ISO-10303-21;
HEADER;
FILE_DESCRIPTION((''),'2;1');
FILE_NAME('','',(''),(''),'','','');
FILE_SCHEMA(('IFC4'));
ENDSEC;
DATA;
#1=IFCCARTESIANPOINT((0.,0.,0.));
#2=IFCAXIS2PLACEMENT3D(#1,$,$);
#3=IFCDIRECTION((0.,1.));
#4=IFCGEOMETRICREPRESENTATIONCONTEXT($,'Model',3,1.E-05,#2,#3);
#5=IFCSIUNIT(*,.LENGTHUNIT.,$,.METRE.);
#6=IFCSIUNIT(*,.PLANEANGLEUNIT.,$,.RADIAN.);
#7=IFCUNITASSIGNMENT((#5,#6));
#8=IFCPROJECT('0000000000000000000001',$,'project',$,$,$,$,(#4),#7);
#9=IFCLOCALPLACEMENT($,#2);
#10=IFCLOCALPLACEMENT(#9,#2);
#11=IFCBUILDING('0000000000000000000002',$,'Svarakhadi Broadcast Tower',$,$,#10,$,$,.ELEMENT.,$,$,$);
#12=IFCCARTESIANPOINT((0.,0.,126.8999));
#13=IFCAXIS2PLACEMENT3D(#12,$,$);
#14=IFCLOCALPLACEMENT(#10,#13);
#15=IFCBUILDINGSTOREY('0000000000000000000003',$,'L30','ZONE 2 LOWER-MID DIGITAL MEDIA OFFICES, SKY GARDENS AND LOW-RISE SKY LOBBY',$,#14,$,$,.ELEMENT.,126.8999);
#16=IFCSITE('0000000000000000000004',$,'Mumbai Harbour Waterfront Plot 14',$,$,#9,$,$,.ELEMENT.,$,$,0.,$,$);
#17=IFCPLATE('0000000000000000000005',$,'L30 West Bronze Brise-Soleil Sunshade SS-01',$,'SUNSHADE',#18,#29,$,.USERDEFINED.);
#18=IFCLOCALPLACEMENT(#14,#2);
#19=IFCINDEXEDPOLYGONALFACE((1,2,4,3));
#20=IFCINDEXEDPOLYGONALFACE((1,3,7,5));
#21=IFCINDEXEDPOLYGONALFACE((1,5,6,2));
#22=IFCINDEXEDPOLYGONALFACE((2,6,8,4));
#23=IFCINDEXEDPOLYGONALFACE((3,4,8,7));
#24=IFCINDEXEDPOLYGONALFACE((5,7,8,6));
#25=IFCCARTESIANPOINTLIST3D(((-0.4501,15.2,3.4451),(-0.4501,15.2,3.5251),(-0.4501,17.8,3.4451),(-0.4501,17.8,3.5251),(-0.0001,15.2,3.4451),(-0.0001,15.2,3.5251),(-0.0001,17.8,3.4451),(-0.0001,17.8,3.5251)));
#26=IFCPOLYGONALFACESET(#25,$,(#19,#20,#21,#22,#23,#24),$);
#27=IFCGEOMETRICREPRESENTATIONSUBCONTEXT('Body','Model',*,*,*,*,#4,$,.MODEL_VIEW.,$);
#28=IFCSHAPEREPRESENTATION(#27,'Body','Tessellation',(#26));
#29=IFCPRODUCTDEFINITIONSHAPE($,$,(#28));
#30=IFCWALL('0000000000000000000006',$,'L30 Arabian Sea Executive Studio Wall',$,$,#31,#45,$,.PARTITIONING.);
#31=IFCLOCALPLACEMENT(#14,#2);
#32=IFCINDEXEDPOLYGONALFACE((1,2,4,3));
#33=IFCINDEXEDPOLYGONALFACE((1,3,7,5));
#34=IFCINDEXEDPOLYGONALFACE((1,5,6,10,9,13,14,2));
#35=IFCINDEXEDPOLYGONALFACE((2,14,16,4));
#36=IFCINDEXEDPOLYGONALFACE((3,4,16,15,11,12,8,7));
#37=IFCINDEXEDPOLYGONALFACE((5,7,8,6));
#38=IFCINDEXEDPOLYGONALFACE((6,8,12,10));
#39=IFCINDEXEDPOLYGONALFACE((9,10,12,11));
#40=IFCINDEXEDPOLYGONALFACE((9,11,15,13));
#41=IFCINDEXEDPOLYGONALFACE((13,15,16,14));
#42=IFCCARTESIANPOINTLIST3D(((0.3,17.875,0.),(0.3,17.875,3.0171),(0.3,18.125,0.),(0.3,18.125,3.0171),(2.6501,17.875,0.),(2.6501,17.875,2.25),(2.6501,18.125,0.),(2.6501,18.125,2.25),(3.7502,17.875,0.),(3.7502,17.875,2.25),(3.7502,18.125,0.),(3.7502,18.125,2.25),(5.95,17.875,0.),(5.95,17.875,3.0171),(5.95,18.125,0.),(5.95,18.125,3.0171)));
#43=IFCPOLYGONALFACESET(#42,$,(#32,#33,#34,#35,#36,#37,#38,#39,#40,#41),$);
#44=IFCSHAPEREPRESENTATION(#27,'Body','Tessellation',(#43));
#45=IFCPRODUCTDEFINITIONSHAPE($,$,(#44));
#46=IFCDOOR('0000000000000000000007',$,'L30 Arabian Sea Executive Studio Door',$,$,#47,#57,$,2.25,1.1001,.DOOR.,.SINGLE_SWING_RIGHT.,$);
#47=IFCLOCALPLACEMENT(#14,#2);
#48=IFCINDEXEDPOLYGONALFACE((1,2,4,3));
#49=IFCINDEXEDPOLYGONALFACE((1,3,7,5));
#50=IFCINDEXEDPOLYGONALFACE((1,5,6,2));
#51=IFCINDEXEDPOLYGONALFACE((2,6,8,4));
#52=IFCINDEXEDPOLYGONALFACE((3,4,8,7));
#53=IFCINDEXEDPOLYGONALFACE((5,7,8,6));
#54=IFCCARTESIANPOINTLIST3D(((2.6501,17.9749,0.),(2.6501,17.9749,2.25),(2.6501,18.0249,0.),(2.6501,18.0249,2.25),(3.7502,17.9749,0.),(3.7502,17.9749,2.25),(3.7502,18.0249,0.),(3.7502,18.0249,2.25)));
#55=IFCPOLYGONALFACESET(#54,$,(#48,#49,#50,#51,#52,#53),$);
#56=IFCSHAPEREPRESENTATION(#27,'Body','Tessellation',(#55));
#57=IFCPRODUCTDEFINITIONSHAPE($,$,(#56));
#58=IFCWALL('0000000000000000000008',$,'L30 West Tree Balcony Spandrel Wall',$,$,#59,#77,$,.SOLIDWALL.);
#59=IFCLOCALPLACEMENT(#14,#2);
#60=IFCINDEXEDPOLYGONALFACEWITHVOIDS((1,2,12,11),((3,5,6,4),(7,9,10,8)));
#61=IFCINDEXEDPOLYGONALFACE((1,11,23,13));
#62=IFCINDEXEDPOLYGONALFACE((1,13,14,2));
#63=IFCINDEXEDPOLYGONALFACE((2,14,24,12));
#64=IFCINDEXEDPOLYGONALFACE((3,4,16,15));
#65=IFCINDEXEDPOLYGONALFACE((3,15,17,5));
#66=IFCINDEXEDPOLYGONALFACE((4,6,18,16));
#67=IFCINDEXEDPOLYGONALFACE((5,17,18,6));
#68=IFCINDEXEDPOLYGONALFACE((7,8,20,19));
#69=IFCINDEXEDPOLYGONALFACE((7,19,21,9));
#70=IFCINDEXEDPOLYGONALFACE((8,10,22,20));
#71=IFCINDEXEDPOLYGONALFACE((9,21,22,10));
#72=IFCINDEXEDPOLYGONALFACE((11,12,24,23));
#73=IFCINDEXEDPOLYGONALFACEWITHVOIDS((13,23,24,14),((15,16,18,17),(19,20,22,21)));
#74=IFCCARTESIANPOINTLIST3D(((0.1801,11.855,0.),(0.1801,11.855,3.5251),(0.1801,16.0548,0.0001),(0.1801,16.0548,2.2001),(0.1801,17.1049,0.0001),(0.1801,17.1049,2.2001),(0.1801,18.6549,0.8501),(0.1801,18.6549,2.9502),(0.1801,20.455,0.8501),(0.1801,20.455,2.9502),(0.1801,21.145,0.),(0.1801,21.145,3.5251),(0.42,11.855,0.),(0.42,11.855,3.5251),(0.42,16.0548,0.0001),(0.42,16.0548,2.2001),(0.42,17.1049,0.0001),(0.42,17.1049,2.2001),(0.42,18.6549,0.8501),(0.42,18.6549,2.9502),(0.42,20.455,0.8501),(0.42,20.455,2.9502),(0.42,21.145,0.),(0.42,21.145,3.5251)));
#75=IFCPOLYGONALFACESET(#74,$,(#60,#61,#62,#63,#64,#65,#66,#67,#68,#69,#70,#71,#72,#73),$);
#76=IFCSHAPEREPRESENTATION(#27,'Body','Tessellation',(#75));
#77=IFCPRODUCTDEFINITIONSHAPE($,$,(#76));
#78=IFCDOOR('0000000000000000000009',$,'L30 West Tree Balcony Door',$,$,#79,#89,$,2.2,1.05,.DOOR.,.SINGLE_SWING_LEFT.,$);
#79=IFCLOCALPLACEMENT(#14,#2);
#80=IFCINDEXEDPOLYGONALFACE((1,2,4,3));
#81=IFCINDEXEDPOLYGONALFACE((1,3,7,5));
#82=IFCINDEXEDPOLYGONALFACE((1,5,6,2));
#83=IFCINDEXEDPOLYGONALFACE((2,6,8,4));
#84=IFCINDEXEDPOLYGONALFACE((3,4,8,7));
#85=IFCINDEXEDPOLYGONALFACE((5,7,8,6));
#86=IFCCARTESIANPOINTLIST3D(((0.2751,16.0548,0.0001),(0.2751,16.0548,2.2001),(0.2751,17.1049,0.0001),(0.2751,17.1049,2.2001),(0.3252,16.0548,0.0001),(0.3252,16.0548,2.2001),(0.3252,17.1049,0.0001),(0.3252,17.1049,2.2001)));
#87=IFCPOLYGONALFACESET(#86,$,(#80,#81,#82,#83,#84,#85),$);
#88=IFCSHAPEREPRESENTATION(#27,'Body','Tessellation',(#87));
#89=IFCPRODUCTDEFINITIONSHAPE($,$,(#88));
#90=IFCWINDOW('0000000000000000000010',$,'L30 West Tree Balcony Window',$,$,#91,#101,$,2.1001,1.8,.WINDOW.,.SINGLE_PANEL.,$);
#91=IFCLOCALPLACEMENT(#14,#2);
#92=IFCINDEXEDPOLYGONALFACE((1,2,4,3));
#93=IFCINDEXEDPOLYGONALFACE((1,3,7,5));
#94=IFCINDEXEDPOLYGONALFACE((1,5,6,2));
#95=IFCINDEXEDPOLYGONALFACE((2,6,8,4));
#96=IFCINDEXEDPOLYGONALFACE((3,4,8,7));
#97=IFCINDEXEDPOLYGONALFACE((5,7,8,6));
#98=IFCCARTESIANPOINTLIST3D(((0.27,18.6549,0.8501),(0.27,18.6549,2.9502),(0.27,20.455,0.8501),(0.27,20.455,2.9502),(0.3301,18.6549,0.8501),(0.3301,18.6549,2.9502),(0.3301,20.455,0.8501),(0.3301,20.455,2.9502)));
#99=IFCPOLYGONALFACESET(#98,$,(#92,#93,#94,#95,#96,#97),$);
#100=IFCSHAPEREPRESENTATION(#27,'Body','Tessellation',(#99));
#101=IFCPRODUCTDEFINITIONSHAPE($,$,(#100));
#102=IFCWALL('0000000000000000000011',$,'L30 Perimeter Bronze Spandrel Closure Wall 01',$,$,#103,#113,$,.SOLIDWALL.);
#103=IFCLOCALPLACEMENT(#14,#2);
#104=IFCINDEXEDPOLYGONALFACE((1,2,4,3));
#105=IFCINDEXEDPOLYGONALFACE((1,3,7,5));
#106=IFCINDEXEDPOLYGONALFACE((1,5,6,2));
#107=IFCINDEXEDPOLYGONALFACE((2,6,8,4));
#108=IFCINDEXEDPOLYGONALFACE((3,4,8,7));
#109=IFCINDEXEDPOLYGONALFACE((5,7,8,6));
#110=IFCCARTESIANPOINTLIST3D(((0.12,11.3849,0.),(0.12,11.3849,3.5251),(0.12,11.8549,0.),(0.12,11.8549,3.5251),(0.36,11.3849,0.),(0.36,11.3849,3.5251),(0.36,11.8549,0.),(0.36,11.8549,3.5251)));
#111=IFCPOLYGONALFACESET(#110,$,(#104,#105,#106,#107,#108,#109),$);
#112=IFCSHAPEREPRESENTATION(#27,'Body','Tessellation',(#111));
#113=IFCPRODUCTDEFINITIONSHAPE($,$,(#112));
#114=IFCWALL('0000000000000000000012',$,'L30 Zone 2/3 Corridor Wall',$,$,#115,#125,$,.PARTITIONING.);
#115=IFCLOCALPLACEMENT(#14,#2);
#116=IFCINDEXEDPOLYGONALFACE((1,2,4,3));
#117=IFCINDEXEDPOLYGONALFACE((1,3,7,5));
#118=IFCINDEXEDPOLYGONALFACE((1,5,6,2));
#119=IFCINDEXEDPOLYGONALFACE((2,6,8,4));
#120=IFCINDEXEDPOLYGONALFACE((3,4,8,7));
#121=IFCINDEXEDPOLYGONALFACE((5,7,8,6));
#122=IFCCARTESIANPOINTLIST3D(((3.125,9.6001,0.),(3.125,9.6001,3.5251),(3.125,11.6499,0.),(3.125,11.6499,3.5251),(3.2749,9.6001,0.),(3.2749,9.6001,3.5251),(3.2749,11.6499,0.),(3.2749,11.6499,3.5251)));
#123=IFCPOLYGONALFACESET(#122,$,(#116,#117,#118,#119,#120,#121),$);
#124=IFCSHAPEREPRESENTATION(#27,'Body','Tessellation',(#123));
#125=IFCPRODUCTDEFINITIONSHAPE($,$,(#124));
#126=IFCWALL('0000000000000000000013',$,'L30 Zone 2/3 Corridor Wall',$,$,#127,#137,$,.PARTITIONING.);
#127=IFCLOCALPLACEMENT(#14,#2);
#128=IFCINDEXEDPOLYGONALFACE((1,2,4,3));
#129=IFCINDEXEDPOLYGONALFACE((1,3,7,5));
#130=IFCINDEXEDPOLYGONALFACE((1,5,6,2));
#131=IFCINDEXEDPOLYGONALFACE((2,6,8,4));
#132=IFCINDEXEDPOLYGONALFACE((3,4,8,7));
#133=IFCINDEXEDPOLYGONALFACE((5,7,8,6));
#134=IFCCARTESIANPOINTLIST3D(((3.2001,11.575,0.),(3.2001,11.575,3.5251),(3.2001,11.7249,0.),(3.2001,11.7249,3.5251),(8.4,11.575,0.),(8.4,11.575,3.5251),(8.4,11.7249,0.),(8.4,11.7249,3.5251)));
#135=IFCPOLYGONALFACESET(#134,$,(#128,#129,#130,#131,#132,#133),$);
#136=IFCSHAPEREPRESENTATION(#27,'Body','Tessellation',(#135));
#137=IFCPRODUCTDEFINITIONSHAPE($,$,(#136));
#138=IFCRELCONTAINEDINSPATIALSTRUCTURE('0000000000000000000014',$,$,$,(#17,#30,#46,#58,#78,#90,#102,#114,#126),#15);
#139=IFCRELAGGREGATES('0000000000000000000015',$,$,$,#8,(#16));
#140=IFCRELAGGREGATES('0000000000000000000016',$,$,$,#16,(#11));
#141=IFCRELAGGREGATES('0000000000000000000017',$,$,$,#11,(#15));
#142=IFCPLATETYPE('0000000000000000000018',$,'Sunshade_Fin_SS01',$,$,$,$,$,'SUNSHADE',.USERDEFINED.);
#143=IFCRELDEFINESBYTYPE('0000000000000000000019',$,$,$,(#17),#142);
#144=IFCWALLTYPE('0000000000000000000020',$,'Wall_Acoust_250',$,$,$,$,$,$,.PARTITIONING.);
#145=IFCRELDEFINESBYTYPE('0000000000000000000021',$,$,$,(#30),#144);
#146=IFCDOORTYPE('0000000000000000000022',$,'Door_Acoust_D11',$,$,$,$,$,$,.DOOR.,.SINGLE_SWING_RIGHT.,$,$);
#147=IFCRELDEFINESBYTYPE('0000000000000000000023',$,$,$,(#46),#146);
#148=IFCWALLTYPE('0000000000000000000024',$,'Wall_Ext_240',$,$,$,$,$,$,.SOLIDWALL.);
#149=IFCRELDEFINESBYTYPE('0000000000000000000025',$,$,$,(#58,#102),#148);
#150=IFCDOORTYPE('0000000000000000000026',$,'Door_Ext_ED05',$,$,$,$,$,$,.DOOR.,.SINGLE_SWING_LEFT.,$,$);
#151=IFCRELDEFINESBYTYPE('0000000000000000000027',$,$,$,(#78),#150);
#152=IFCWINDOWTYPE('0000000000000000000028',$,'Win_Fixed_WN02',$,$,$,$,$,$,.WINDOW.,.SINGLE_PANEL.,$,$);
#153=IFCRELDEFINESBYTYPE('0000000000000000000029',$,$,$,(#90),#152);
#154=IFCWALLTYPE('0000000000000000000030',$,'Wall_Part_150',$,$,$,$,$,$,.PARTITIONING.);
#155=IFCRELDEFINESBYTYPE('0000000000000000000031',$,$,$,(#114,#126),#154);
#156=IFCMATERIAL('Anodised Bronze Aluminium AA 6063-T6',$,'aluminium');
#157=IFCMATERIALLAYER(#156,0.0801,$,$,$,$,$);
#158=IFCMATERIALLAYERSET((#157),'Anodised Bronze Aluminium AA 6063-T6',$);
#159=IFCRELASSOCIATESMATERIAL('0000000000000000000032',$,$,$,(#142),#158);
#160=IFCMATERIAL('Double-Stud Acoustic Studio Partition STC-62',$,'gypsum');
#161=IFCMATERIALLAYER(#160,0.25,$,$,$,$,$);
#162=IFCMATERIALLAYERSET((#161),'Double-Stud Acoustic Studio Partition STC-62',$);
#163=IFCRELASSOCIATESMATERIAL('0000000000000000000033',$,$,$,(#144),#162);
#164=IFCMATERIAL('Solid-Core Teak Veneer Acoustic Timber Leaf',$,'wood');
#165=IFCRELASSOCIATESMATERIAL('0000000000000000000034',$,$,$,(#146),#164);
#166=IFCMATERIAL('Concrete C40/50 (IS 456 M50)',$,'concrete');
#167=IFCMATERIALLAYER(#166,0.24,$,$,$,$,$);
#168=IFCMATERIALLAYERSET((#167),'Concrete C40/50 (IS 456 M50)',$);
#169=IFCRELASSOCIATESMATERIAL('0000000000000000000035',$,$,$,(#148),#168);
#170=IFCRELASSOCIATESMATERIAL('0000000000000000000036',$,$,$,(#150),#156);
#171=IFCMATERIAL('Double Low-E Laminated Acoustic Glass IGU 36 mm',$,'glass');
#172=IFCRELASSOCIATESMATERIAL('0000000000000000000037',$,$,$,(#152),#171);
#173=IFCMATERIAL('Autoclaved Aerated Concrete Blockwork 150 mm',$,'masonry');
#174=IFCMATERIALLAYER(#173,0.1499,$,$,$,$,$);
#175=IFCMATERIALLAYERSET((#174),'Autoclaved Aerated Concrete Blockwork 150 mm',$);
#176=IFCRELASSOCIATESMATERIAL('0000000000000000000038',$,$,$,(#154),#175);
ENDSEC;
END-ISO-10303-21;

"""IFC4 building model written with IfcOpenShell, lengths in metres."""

from ifc_helpers import new_model, si_unit, direction, frame, frame_2d, origin, origin_2d, place, context, subcontext, project, spatial, rectangle, extrude, material, layer, layer_set, type_object, element, fill, save


model = new_model("IFC4")

# Units and contexts
model_context = context("Model", 3, precision=1e-05, world=origin(), true_north=direction((0.0, 1.0)))
body_context = subcontext(model_context, "Body", "Model", "MODEL_VIEW")
ifc_project = project(units=[si_unit("LENGTHUNIT", "METRE"), si_unit("PLANEANGLEUNIT", "RADIAN")], contexts=[model_context])

# Site, building, storey
site_placement = place(None, origin())
site = spatial("IfcSite", under=ifc_project, at=site_placement, Name="Mumbai Harbour Waterfront Plot 14", CompositionType="ELEMENT", RefElevation=0.0)
building_placement = place(site_placement, origin())
building = spatial("IfcBuilding", under=site, at=building_placement, Name="Svarakhadi Broadcast Tower", CompositionType="ELEMENT")
storey_placement = place(building_placement, frame((0.0, 0.0, 126.8999)))
storey = spatial("IfcBuildingStorey", under=building, at=storey_placement, Name="L30", Description="ZONE 2 LOWER-MID DIGITAL MEDIA OFFICES, SKY GARDENS AND LOW-RISE SKY LOBBY", CompositionType="ELEMENT", Elevation=126.8999)

# Shared definitions
ifc_material_1 = material(Name="Anodised Bronze Aluminium AA 6063-T6", Category="aluminium")

# Shared definitions
ifc_material_2 = material(Name="Double Low-E Laminated Acoustic Glass IGU 36 mm", Category="glass")

# Plate
ifc_layer_1 = layer(ifc_material_1, 0.0801)
ifc_layer_set_1 = layer_set([ifc_layer_1], Name="Anodised Bronze Aluminium AA 6063-T6")
plate_type_1 = type_object("IfcPlateType", Name="Sunshade_Fin_SS01", ElementType="SUNSHADE", PredefinedType="USERDEFINED", material=ifc_layer_set_1)
plate_1_placement = place(storey_placement, frame((-0.2251, 16.5, 3.4451), z_axis=(0.0, 0.0, 1.0), x_axis=(0.0, 1.0, 0.0)))
element("IfcPlate", 1, at=plate_1_placement, inside=storey, type_object=plate_type_1, Name="L30 West Bronze Brise-Soleil Sunshade SS-01", ObjectType="SUNSHADE", PredefinedType="USERDEFINED", context=body_context, shape_type="SweptSolid", body=[
    extrude(rectangle(XDim=2.6001, YDim=0.45, at=origin_2d()), origin(), (0.0, 0.0, 1.0), 0.0801),
])

# Wall, opening, door
ifc_material_3 = material(Name="Double-Stud Acoustic Studio Partition STC-62", Category="gypsum")
ifc_layer_2 = layer(ifc_material_3, 0.25)
ifc_layer_set_2 = layer_set([ifc_layer_2], Name="Double-Stud Acoustic Studio Partition STC-62")
wall_type_1 = type_object("IfcWallType", Name="Wall_Acoust_250", PredefinedType="PARTITIONING", material=ifc_layer_set_2)
wall_1_placement = place(storey_placement, frame((0.3, 18.0, 0.0), z_axis=(0.0, 0.0, 1.0), x_axis=(1.0, 0.0, 0.0)))
wall_1 = element("IfcWall", 2, at=wall_1_placement, inside=storey, type_object=wall_type_1, Name="L30 Arabian Sea Executive Studio Wall", PredefinedType="PARTITIONING", context=body_context, shape_type="SweptSolid", body=[
    extrude(rectangle(XDim=5.6499, YDim=0.25, at=frame_2d((2.825, 0.0))), origin(), (0.0, 0.0, 1.0), 3.0171),
])
opening_1_placement = place(wall_1_placement, frame((2.3501, 0.0, 0.0)))
opening_1 = element("IfcOpeningElement", 3, at=opening_1_placement, cuts=wall_1, PredefinedType="OPENING", context=body_context, shape_type="SweptSolid", body=[
    extrude(rectangle(XDim=1.1001, YDim=2.25, at=frame_2d((0.55, 1.125))), frame((0.0, 0.135, 0.0), z_axis=(0.0, -1.0, 0.0), x_axis=(1.0, 0.0, 0.0)), (0.0, 0.0, 1.0), 0.27),
])
ifc_material_4 = material(Name="Solid-Core Teak Veneer Acoustic Timber Leaf", Category="wood")
door_type_1 = type_object("IfcDoorType", Name="Door_Acoust_D11", OperationType="SINGLE_SWING_RIGHT", PredefinedType="DOOR", material=ifc_material_4)
door_1_placement = place(opening_1_placement, origin())
door_1 = element("IfcDoor", 4, at=door_1_placement, inside=storey, type_object=door_type_1, Name="L30 Arabian Sea Executive Studio Door", OperationType="SINGLE_SWING_RIGHT", OverallHeight=2.25, OverallWidth=1.1001, PredefinedType="DOOR", context=body_context, shape_type="SweptSolid", body=[
    extrude(rectangle(XDim=1.1001, YDim=2.25, at=frame_2d((0.55, 1.125))), frame((0.0, 0.0249, 0.0), z_axis=(0.0, -1.0, 0.0), x_axis=(1.0, 0.0, 0.0)), (0.0, 0.0, 1.0), 0.05),
])
fill(opening_1, door_1)

# Wall, openings, door, window
ifc_material_5 = material(Name="Concrete C40/50 (IS 456 M50)", Category="concrete")
ifc_layer_3 = layer(ifc_material_5, 0.24)
ifc_layer_set_3 = layer_set([ifc_layer_3], Name="Concrete C40/50 (IS 456 M50)")
wall_type_2 = type_object("IfcWallType", Name="Wall_Ext_240", PredefinedType="SOLIDWALL", material=ifc_layer_set_3)
wall_2_placement = place(storey_placement, frame((0.3, 11.855, 0.0), z_axis=(0.0, 0.0, 1.0), x_axis=(0.0, 1.0, 0.0)))
wall_2 = element("IfcWall", 5, at=wall_2_placement, inside=storey, type_object=wall_type_2, Name="L30 West Tree Balcony Spandrel Wall", PredefinedType="SOLIDWALL", context=body_context, shape_type="SweptSolid", body=[
    extrude(rectangle(XDim=9.29, YDim=0.24, at=frame_2d((4.645, 0.0))), origin(), (0.0, 0.0, 1.0), 3.5251),
])
opening_2_placement = place(wall_2_placement, frame((4.2, 0.0, 0.0)))
opening_2 = element("IfcOpeningElement", 6, at=opening_2_placement, cuts=wall_2, PredefinedType="OPENING", context=body_context, shape_type="SweptSolid", body=[
    extrude(rectangle(XDim=1.05, YDim=2.2, at=frame_2d((0.5249, 1.1001))), frame((0.0, 0.1299, 0.0), z_axis=(0.0, -1.0, 0.0), x_axis=(1.0, 0.0, 0.0)), (0.0, 0.0, 1.0), 0.26),
])
opening_3_placement = place(wall_2_placement, frame((6.8, 0.0, 0.8501)))
opening_3 = element("IfcOpeningElement", 7, at=opening_3_placement, cuts=wall_2, PredefinedType="OPENING", context=body_context, shape_type="SweptSolid", body=[
    extrude(rectangle(XDim=1.8, YDim=2.1001, at=frame_2d((0.8999, 1.05))), frame((0.0, 0.1299, 0.0), z_axis=(0.0, -1.0, 0.0), x_axis=(1.0, 0.0, 0.0)), (0.0, 0.0, 1.0), 0.26),
])
door_type_2 = type_object("IfcDoorType", Name="Door_Ext_ED05", OperationType="SINGLE_SWING_LEFT", PredefinedType="DOOR", material=ifc_material_1)
door_2_placement = place(opening_2_placement, origin())
door_2 = element("IfcDoor", 8, at=door_2_placement, inside=storey, type_object=door_type_2, Name="L30 West Tree Balcony Door", OperationType="SINGLE_SWING_LEFT", OverallHeight=2.2, OverallWidth=1.05, PredefinedType="DOOR", context=body_context, shape_type="SweptSolid", body=[
    extrude(rectangle(XDim=1.05, YDim=2.2, at=frame_2d((0.5249, 1.1001))), frame((0.0, 0.0249, 0.0), z_axis=(0.0, -1.0, 0.0), x_axis=(1.0, 0.0, 0.0)), (0.0, 0.0, 1.0), 0.05),
])
fill(opening_2, door_2)
window_type = type_object("IfcWindowType", Name="Win_Fixed_WN02", PartitioningType="SINGLE_PANEL", PredefinedType="WINDOW", material=ifc_material_2)
window_placement = place(opening_3_placement, origin())
window = element("IfcWindow", 9, at=window_placement, inside=storey, type_object=window_type, Name="L30 West Tree Balcony Window", OverallHeight=2.1001, OverallWidth=1.8, PartitioningType="SINGLE_PANEL", PredefinedType="WINDOW", context=body_context, shape_type="SweptSolid", body=[
    extrude(rectangle(XDim=1.8, YDim=2.1001, at=frame_2d((0.8999, 1.05))), frame((0.0, 0.03, 0.0), z_axis=(0.0, -1.0, 0.0), x_axis=(1.0, 0.0, 0.0)), (0.0, 0.0, 1.0), 0.0601),
])
fill(opening_3, window)

# Walls
wall_3_placement = place(storey_placement, frame((0.24, 11.385, 0.0), z_axis=(0.0, 0.0, 1.0), x_axis=(0.0, 1.0, 0.0)))
element("IfcWall", 10, at=wall_3_placement, inside=storey, type_object=wall_type_2, Name="L30 Perimeter Bronze Spandrel Closure Wall 01", PredefinedType="SOLIDWALL", context=body_context, shape_type="SweptSolid", body=[
    extrude(rectangle(XDim=0.47, YDim=0.24, at=frame_2d((0.2349, 0.0))), origin(), (0.0, 0.0, 1.0), 3.5251),
])
ifc_material_6 = material(Name="Autoclaved Aerated Concrete Blockwork 150 mm", Category="masonry")
ifc_layer_4 = layer(ifc_material_6, 0.1499)
ifc_layer_set_4 = layer_set([ifc_layer_4], Name="Autoclaved Aerated Concrete Blockwork 150 mm")
wall_type_3 = type_object("IfcWallType", Name="Wall_Part_150", PredefinedType="PARTITIONING", material=ifc_layer_set_4)
wall_4_placement = place(storey_placement, frame((3.2, 9.6001, 0.0), z_axis=(0.0, 0.0, 1.0), x_axis=(0.0, 1.0, 0.0)))
element("IfcWall", 11, at=wall_4_placement, inside=storey, type_object=wall_type_3, Name="L30 Zone 2/3 Corridor Wall", PredefinedType="PARTITIONING", context=body_context, shape_type="SweptSolid", body=[
    extrude(rectangle(XDim=2.0498, YDim=0.1499, at=frame_2d((1.0249, 0.0))), origin(), (0.0, 0.0, 1.0), 3.5251),
])
wall_5_placement = place(storey_placement, frame((3.2, 11.6499, 0.0), z_axis=(0.0, 0.0, 1.0), x_axis=(1.0, 0.0, 0.0)))
element("IfcWall", 12, at=wall_5_placement, inside=storey, type_object=wall_type_3, Name="L30 Zone 2/3 Corridor Wall", PredefinedType="PARTITIONING", context=body_context, shape_type="SweptSolid", body=[
    extrude(rectangle(XDim=5.2, YDim=0.1499, at=frame_2d((2.6001, 0.0))), origin(), (0.0, 0.0, 1.0), 3.5251),
])

save(model, "model.ifc")
